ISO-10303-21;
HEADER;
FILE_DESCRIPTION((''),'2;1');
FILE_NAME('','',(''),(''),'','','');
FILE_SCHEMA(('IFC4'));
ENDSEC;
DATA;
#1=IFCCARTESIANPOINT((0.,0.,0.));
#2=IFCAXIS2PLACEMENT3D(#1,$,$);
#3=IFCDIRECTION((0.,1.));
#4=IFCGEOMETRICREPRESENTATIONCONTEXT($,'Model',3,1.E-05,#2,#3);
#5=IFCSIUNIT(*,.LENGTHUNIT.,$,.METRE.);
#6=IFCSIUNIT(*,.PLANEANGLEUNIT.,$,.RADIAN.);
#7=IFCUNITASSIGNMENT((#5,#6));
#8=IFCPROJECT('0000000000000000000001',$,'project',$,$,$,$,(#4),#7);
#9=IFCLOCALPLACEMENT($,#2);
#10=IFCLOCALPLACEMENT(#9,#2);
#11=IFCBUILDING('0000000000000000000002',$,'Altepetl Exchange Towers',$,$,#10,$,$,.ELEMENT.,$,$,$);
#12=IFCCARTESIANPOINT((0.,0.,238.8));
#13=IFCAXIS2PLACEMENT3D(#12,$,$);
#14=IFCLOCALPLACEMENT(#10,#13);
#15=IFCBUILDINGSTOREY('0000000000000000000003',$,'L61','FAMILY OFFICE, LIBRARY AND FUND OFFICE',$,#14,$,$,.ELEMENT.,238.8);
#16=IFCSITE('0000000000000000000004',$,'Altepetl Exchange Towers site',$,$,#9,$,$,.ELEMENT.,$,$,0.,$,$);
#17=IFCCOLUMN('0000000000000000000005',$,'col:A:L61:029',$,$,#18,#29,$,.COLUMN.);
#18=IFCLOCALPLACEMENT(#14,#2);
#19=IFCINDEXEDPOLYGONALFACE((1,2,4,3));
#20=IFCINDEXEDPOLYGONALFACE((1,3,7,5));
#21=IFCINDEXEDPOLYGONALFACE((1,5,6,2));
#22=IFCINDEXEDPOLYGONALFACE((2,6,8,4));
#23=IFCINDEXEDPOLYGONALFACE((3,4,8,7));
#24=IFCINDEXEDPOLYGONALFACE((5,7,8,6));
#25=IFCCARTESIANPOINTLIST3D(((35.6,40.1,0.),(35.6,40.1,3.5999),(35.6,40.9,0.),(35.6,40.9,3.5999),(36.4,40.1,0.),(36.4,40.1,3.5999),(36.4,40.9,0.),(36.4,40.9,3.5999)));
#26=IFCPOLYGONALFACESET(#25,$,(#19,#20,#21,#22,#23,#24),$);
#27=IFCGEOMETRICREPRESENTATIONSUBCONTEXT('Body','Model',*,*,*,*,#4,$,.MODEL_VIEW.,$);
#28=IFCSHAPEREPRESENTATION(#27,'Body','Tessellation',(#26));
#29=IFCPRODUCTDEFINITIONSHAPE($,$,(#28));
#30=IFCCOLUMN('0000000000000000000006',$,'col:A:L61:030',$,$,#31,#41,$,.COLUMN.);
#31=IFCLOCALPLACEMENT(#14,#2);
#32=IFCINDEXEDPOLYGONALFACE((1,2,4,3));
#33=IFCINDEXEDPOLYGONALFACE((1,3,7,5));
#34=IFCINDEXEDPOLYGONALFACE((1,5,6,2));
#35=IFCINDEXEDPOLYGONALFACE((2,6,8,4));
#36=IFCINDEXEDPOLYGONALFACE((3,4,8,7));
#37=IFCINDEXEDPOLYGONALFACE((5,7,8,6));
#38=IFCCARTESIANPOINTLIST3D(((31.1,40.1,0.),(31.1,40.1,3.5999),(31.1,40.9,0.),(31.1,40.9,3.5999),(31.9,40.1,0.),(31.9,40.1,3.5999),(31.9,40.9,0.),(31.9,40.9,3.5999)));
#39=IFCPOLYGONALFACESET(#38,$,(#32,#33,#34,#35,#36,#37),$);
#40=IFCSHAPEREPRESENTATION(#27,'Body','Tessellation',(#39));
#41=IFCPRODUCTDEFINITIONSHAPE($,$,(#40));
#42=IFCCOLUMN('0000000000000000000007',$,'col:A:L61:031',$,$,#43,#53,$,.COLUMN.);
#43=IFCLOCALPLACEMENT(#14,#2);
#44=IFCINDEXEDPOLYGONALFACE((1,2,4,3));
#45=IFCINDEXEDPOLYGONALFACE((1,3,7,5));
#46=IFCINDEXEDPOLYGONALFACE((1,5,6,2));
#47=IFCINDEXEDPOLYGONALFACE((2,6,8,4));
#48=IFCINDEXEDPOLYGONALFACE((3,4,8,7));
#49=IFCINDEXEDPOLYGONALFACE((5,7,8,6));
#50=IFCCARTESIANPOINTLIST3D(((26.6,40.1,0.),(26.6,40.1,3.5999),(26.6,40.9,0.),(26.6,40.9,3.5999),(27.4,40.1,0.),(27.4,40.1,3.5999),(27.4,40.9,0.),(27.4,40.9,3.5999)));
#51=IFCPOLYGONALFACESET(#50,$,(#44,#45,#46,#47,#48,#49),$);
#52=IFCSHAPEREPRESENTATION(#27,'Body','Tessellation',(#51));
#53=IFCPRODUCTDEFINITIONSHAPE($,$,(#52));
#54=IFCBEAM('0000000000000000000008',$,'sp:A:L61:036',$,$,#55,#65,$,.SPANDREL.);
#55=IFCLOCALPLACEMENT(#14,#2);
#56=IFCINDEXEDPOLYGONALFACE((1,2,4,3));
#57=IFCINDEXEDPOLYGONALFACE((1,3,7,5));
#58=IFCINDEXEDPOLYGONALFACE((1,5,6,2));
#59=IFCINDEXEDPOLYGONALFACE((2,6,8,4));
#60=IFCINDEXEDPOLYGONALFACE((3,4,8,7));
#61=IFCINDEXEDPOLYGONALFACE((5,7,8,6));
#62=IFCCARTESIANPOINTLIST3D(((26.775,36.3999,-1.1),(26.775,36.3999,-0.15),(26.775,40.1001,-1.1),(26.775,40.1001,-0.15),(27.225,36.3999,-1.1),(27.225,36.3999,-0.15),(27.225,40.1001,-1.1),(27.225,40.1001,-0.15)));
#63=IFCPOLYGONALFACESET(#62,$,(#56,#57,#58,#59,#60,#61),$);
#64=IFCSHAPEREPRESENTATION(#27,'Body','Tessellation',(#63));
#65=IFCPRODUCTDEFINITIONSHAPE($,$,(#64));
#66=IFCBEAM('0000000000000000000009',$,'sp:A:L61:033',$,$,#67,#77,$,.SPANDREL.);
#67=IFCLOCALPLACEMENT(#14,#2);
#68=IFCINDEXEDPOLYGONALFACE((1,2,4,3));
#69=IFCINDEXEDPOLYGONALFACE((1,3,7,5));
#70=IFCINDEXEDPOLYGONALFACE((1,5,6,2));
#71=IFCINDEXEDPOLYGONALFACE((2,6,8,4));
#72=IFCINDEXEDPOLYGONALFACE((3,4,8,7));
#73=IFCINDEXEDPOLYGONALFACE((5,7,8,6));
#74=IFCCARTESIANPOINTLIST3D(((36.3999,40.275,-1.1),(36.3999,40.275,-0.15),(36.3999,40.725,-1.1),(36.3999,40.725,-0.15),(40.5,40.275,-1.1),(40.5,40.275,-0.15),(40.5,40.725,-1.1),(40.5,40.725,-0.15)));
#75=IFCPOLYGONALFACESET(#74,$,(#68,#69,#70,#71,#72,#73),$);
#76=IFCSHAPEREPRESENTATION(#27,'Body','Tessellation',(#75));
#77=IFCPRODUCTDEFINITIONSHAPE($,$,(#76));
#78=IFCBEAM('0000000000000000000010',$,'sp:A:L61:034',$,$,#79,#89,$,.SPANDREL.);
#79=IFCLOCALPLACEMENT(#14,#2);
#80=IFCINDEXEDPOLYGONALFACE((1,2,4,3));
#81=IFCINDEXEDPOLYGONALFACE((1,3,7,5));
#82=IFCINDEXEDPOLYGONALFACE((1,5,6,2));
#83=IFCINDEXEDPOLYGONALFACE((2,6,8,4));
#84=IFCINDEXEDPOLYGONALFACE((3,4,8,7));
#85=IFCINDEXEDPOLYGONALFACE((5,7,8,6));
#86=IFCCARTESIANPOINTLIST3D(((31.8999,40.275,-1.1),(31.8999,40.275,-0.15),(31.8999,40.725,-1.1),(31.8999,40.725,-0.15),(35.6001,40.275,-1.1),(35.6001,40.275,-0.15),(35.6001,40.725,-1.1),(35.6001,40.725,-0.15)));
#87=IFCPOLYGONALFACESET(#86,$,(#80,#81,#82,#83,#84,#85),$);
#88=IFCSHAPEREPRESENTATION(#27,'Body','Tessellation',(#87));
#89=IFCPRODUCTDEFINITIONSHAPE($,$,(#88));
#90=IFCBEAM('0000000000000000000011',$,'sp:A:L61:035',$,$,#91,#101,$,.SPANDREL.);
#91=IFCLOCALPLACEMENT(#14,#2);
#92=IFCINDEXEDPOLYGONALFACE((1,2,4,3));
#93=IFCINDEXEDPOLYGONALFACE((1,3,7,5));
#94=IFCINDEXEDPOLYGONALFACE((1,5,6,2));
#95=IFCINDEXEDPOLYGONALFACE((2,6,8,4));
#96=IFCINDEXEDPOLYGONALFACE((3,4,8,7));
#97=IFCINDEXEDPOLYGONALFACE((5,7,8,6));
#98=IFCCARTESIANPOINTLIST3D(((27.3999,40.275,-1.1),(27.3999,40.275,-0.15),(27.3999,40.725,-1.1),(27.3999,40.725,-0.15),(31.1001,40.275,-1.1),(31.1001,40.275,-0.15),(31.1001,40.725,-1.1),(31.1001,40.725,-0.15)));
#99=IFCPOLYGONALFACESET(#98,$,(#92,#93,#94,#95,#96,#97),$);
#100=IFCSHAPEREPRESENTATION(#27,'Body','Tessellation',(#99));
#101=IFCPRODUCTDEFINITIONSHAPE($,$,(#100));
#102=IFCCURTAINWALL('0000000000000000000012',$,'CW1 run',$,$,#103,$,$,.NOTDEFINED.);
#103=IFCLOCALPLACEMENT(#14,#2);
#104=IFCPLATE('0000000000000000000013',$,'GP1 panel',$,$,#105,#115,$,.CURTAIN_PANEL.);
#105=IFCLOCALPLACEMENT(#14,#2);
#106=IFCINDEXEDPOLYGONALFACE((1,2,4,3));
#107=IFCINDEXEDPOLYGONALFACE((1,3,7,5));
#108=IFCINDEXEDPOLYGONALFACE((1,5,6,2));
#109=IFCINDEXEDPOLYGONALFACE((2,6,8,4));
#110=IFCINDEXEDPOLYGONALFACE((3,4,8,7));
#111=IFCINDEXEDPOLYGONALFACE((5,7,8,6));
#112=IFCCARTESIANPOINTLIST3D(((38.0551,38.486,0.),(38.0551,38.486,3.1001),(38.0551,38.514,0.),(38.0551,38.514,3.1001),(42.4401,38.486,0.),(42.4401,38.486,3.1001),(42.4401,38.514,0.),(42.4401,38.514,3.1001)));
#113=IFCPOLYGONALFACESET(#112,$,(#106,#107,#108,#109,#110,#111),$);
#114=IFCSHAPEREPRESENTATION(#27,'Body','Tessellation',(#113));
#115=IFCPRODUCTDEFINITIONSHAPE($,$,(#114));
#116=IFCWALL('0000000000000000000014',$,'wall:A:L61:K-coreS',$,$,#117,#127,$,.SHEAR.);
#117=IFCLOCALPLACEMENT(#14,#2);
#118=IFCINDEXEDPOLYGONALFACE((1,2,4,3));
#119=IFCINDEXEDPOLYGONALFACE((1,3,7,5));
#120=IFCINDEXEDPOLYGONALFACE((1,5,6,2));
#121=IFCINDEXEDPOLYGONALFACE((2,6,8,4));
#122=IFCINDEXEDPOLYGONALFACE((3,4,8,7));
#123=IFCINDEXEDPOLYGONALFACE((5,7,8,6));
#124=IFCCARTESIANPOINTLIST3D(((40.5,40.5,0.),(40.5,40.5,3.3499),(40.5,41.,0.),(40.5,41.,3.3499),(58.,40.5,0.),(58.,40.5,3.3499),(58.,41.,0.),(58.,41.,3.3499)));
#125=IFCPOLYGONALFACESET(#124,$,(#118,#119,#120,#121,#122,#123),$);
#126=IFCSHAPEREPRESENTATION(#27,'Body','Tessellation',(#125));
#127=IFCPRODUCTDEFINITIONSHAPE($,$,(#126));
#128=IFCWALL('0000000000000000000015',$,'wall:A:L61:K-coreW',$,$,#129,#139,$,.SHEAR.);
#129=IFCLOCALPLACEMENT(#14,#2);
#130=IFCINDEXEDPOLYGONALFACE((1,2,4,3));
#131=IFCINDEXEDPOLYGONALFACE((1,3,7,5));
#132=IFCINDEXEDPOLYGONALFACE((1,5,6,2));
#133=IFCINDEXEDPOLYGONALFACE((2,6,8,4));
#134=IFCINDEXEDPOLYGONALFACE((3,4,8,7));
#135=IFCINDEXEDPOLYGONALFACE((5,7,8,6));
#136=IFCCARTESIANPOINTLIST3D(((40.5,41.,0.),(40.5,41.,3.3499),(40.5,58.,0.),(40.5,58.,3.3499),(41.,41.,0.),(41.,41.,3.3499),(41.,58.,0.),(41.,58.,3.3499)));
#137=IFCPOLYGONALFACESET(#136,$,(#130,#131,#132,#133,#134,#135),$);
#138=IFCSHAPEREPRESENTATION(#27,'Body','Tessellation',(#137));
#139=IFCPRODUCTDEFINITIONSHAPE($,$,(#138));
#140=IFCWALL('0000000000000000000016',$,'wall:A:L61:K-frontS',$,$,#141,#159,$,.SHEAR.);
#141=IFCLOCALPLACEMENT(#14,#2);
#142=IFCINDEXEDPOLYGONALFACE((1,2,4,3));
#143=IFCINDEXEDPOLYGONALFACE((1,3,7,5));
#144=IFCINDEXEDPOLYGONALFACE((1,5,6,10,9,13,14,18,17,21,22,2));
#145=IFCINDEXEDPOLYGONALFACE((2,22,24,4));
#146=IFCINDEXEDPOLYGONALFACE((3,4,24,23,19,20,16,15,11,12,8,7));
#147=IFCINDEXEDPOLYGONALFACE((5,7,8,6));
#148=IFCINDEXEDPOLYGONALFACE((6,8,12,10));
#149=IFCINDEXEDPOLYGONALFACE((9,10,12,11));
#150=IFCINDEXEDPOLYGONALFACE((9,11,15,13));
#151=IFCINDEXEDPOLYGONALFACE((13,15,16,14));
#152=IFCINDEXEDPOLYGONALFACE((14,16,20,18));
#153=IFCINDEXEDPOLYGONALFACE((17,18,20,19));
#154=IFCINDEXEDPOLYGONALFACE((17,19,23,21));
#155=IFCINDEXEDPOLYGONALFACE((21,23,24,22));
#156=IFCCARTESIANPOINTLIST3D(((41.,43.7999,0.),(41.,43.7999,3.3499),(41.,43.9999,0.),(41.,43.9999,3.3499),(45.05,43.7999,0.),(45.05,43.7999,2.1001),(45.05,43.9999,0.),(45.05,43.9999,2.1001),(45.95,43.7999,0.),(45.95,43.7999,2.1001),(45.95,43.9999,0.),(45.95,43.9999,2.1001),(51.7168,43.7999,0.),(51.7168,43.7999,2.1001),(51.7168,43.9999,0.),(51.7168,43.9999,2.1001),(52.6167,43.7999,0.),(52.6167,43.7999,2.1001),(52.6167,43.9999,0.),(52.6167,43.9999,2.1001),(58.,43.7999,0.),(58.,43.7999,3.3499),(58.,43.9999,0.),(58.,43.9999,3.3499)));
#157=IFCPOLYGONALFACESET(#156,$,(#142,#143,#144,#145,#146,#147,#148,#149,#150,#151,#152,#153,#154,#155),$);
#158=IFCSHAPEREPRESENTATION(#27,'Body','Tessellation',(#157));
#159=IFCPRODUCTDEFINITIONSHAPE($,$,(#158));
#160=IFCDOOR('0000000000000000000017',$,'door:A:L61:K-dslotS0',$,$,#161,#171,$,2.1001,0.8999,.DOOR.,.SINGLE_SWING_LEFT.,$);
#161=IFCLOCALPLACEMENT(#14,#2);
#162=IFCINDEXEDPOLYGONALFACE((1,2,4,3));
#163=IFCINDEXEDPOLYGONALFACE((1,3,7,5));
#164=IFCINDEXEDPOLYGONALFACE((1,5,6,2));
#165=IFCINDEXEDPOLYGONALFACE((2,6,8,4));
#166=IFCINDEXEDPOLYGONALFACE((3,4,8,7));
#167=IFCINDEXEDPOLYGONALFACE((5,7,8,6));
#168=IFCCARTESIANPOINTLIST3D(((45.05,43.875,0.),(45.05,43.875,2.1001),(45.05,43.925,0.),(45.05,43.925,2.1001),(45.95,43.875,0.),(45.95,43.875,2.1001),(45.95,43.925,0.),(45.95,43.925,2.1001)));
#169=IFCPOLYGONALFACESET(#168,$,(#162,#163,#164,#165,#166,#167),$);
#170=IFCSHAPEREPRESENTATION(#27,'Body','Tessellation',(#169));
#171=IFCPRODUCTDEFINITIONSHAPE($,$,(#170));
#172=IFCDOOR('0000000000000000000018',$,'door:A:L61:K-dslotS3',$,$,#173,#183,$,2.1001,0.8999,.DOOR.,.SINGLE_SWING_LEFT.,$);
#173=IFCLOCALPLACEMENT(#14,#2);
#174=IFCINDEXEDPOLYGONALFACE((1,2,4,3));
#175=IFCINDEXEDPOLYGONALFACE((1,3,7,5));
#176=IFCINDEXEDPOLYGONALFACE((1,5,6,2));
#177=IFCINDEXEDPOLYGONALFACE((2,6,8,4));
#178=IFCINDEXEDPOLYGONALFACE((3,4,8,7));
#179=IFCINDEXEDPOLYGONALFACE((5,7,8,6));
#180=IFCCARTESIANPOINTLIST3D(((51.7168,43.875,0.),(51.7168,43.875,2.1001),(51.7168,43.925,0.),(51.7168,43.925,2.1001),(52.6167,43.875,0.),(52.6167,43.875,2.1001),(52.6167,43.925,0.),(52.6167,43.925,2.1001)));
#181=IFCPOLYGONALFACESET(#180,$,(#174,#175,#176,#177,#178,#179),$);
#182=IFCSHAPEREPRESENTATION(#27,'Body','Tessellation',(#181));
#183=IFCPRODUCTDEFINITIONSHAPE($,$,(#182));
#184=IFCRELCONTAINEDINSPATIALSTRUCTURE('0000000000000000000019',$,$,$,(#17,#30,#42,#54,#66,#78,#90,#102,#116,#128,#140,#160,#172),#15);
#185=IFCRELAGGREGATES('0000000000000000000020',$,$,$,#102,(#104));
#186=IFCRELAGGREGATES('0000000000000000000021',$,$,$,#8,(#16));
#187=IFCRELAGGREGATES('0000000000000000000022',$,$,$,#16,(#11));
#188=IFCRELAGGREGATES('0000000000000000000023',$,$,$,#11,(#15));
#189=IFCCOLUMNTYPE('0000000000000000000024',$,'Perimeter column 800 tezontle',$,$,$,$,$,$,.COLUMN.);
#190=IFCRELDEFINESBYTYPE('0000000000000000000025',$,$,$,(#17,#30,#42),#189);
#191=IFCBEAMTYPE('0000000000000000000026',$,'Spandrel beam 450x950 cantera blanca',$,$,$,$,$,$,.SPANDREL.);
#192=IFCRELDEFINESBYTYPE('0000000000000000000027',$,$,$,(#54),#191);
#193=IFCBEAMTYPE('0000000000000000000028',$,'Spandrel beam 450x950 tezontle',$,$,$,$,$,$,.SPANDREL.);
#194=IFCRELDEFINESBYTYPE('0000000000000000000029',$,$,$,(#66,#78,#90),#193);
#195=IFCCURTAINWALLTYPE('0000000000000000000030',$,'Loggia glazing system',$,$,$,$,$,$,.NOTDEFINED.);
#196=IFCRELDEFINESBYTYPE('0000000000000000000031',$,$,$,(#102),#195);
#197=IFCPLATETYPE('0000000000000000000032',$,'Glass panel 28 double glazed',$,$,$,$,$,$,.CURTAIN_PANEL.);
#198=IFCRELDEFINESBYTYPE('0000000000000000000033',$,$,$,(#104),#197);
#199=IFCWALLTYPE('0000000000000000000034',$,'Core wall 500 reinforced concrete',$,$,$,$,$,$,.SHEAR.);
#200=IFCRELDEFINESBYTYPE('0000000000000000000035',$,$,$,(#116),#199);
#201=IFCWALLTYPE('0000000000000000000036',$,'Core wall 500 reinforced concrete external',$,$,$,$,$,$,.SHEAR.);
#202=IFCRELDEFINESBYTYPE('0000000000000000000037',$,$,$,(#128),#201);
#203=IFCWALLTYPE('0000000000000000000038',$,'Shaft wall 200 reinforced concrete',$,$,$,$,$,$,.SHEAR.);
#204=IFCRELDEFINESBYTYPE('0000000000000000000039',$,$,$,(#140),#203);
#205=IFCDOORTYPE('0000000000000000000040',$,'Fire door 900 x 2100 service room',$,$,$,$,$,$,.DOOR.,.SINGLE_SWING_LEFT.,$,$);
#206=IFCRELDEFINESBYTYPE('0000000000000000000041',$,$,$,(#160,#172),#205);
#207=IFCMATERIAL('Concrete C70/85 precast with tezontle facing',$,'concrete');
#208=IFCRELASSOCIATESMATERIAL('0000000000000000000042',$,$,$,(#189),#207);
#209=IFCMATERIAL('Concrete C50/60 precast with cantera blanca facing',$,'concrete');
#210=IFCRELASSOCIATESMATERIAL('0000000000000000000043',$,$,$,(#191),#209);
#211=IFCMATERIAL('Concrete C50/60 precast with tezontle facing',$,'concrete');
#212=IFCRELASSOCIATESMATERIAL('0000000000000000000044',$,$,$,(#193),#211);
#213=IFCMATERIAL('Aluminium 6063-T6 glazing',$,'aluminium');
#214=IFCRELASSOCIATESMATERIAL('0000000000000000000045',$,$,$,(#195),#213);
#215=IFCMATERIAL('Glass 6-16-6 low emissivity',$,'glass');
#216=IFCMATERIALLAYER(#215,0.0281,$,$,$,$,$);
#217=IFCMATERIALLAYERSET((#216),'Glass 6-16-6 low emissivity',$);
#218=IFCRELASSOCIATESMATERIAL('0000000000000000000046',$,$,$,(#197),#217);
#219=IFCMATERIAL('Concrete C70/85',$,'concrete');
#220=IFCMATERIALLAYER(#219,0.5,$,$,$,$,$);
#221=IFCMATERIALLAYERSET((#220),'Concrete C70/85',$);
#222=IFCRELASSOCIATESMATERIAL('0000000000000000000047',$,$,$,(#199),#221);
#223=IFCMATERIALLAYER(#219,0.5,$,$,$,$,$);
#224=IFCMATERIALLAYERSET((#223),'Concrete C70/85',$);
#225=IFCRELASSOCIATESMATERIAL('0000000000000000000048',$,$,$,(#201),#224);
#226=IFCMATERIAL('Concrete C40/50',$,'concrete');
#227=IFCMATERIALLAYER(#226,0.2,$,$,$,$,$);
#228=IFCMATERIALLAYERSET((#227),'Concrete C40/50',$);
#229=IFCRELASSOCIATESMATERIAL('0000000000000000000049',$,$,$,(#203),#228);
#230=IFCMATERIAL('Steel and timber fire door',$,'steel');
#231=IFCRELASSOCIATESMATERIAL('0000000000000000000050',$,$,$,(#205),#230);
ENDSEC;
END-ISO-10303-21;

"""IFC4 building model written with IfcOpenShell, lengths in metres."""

from ifc_helpers import new_model, si_unit, direction, frame, frame_2d, origin, origin_2d, place, context, subcontext, project, spatial, rectangle, extrude, material, layer, layer_set, material_profile, profile_set, type_object, element, fill, aggregate, save


model = new_model("IFC4")

# Units and contexts
model_context = context("Model", 3, precision=1e-05, world=origin(), true_north=direction((0.0, 1.0)))
body_context = subcontext(model_context, "Body", "Model", "MODEL_VIEW")
ifc_project = project(units=[si_unit("LENGTHUNIT", "METRE"), si_unit("PLANEANGLEUNIT", "RADIAN")], contexts=[model_context])

# Site, building, storey
site_placement = place(None, origin())
site = spatial("IfcSite", under=ifc_project, at=site_placement, Name="Altepetl Exchange Towers site", CompositionType="ELEMENT", RefElevation=0.0)
building_placement = place(site_placement, origin())
building = spatial("IfcBuilding", under=site, at=building_placement, Name="Altepetl Exchange Towers", CompositionType="ELEMENT")
storey_placement = place(building_placement, frame((0.0, 0.0, 238.8)))
storey = spatial("IfcBuildingStorey", under=building, at=storey_placement, Name="L61", Description="FAMILY OFFICE, LIBRARY AND FUND OFFICE", CompositionType="ELEMENT", Elevation=238.8)

# Columns
ifc_material_1 = material(Name="Concrete C70/85 precast with tezontle facing", Category="concrete")
ifc_material_profile_1 = material_profile(ifc_material_1, rectangle(XDim=0.8, YDim=0.8, at=origin_2d()), Name="800 x 800")
ifc_profile_set_1 = profile_set([ifc_material_profile_1], Name="Concrete C70/85 precast with tezontle facing")
column_type = type_object("IfcColumnType", Name="Perimeter column 800 tezontle", PredefinedType="COLUMN", material=ifc_profile_set_1)
for number, where, name in (
    (1, (36.0, 40.5, 0.0), "col:A:L61:029"),
    (2, (31.5, 40.5, 0.0), "col:A:L61:030"),
    (3, (27.0, 40.5, 0.0), "col:A:L61:031"),
):
    element("IfcColumn", number, at=place(storey_placement, frame(where)), inside=storey, type_object=column_type, Name=name, PredefinedType="COLUMN", context=body_context, shape_type="SweptSolid", body=[
        extrude(rectangle(XDim=0.8, YDim=0.8, at=origin_2d()), origin(), (0.0, 0.0, 1.0), 3.5999),
    ])

# Beams
ifc_material_2 = material(Name="Concrete C50/60 precast with cantera blanca facing", Category="concrete")
ifc_material_profile_2 = material_profile(ifc_material_2, rectangle(XDim=0.45, YDim=0.95, at=origin_2d()), Name="450 x 950")
ifc_profile_set_2 = profile_set([ifc_material_profile_2], Name="Concrete C50/60 precast with cantera blanca facing")
beam_type_1 = type_object("IfcBeamType", Name="Spandrel beam 450x950 cantera blanca", PredefinedType="SPANDREL", material=ifc_profile_set_2)
beam_1_placement = place(storey_placement, frame((27.0, 40.1001, -0.625), z_axis=(0.0, -1.0, 0.0), x_axis=(1.0, 0.0, 0.0)))
element("IfcBeam", 4, at=beam_1_placement, inside=storey, type_object=beam_type_1, Name="sp:A:L61:036", PredefinedType="SPANDREL", context=body_context, shape_type="SweptSolid", body=[
    extrude(rectangle(XDim=0.45, YDim=0.95, at=origin_2d()), origin(), (0.0, 0.0, 1.0), 3.7002),
])
ifc_material_3 = material(Name="Concrete C50/60 precast with tezontle facing", Category="concrete")
ifc_material_profile_3 = material_profile(ifc_material_3, rectangle(XDim=0.45, YDim=0.95, at=origin_2d()), Name="450 x 950")
ifc_profile_set_3 = profile_set([ifc_material_profile_3], Name="Concrete C50/60 precast with tezontle facing")
beam_type_2 = type_object("IfcBeamType", Name="Spandrel beam 450x950 tezontle", PredefinedType="SPANDREL", material=ifc_profile_set_3)
beam_2_placement = place(storey_placement, frame((40.5, 40.5, -0.625), z_axis=(-1.0, 0.0, 0.0), x_axis=(0.0, -1.0, 0.0)))
element("IfcBeam", 5, at=beam_2_placement, inside=storey, type_object=beam_type_2, Name="sp:A:L61:033", PredefinedType="SPANDREL", context=body_context, shape_type="SweptSolid", body=[
    extrude(rectangle(XDim=0.45, YDim=0.95, at=origin_2d()), origin(), (0.0, 0.0, 1.0), 4.1001),
])
for number, where, z_axis, x_axis, name in (
    (6, (35.6001, 40.5, -0.625), (-1.0, 0.0, 0.0), (0.0, -1.0, 0.0), "sp:A:L61:034"),
    (7, (31.1001, 40.5, -0.625), (-1.0, 0.0, 0.0), (0.0, -1.0, 0.0), "sp:A:L61:035"),
):
    element("IfcBeam", number, at=place(storey_placement, frame(where, z_axis=z_axis, x_axis=x_axis)), inside=storey, type_object=beam_type_2, Name=name, PredefinedType="SPANDREL", context=body_context, shape_type="SweptSolid", body=[
        extrude(rectangle(XDim=0.45, YDim=0.95, at=origin_2d()), origin(), (0.0, 0.0, 1.0), 3.7002),
    ])

# Curtain wall, plate
ifc_material_4 = material(Name="Aluminium 6063-T6 glazing", Category="aluminium")
curtain_wall_type = type_object("IfcCurtainWallType", Name="Loggia glazing system", PredefinedType="NOTDEFINED", material=ifc_material_4)
curtain_wall_placement = place(storey_placement, origin())
curtain_wall = element("IfcCurtainWall", 8, at=curtain_wall_placement, inside=storey, type_object=curtain_wall_type, Name="CW1 run", PredefinedType="NOTDEFINED")
ifc_material_5 = material(Name="Glass 6-16-6 low emissivity", Category="glass")
ifc_layer_1 = layer(ifc_material_5, 0.0281)
ifc_layer_set_1 = layer_set([ifc_layer_1], Name="Glass 6-16-6 low emissivity")
plate_type = type_object("IfcPlateType", Name="Glass panel 28 double glazed", PredefinedType="CURTAIN_PANEL", material=ifc_layer_set_1)
plate_placement = place(storey_placement, frame((40.2476, 38.5, 0.0), z_axis=(0.0, 0.0, 1.0), x_axis=(-1.0, 0.0, 0.0)))
plate = element("IfcPlate", 9, at=plate_placement, type_object=plate_type, Name="GP1 panel", PredefinedType="CURTAIN_PANEL", context=body_context, shape_type="SweptSolid", body=[
    extrude(rectangle(XDim=4.385, YDim=0.0281, at=origin_2d()), origin(), (0.0, 0.0, 1.0), 3.1001),
])
aggregate(curtain_wall, [plate])

# Walls
ifc_material_6 = material(Name="Concrete C70/85", Category="concrete")
ifc_layer_2 = layer(ifc_material_6, 0.5)
ifc_layer_set_2 = layer_set([ifc_layer_2], Name="Concrete C70/85")
wall_type_1 = type_object("IfcWallType", Name="Core wall 500 reinforced concrete", PredefinedType="SHEAR", material=ifc_layer_set_2)
wall_1_placement = place(storey_placement, frame((40.5, 40.75, 0.0)))
element("IfcWall", 10, at=wall_1_placement, inside=storey, type_object=wall_type_1, Name="wall:A:L61:K-coreS", PredefinedType="SHEAR", context=body_context, shape_type="SweptSolid", body=[
    extrude(rectangle(XDim=17.5, YDim=0.5, at=frame_2d((8.75, 0.0))), origin(), (0.0, 0.0, 1.0), 3.3499),
])
ifc_layer_3 = layer(ifc_material_6, 0.5)
ifc_layer_set_3 = layer_set([ifc_layer_3], Name="Concrete C70/85")
wall_type_2 = type_object("IfcWallType", Name="Core wall 500 reinforced concrete external", PredefinedType="SHEAR", material=ifc_layer_set_3)
wall_2_placement = place(storey_placement, frame((40.75, 41.0, 0.0), z_axis=(0.0, 0.0, 1.0), x_axis=(0.0, 1.0, 0.0)))
element("IfcWall", 11, at=wall_2_placement, inside=storey, type_object=wall_type_2, Name="wall:A:L61:K-coreW", PredefinedType="SHEAR", context=body_context, shape_type="SweptSolid", body=[
    extrude(rectangle(XDim=17.0, YDim=0.5, at=frame_2d((8.5, 0.0))), origin(), (0.0, 0.0, 1.0), 3.3499),
])

# Wall, openings, doors
ifc_material_7 = material(Name="Concrete C40/50", Category="concrete")
ifc_layer_4 = layer(ifc_material_7, 0.2)
ifc_layer_set_4 = layer_set([ifc_layer_4], Name="Concrete C40/50")
wall_type_3 = type_object("IfcWallType", Name="Shaft wall 200 reinforced concrete", PredefinedType="SHEAR", material=ifc_layer_set_4)
wall_3_placement = place(storey_placement, frame((41.0, 43.8999, 0.0)))
wall_3 = element("IfcWall", 12, at=wall_3_placement, inside=storey, type_object=wall_type_3, Name="wall:A:L61:K-frontS", PredefinedType="SHEAR", context=body_context, shape_type="SweptSolid", body=[
    extrude(rectangle(XDim=17.0, YDim=0.2, at=frame_2d((8.5, 0.0))), origin(), (0.0, 0.0, 1.0), 3.3499),
])
opening_1_placement = place(wall_3_placement, frame((4.05, 0.0, 0.0)))
opening_1 = element("IfcOpeningElement", 13, at=opening_1_placement, cuts=wall_3, PredefinedType="OPENING", context=body_context, shape_type="SweptSolid", body=[
    extrude(rectangle(XDim=0.8999, YDim=2.1001, at=frame_2d((0.45, 1.05))), frame((0.0, 0.1099, 0.0), z_axis=(0.0, -1.0, 0.0), x_axis=(1.0, 0.0, 0.0)), (0.0, 0.0, 1.0), 0.22),
])
opening_2_placement = place(wall_3_placement, frame((10.7168, 0.0, 0.0)))
opening_2 = element("IfcOpeningElement", 14, at=opening_2_placement, cuts=wall_3, PredefinedType="OPENING", context=body_context, shape_type="SweptSolid", body=[
    extrude(rectangle(XDim=0.8999, YDim=2.1001, at=frame_2d((0.45, 1.05))), frame((0.0, 0.1099, 0.0), z_axis=(0.0, -1.0, 0.0), x_axis=(1.0, 0.0, 0.0)), (0.0, 0.0, 1.0), 0.22),
])
ifc_material_8 = material(Name="Steel and timber fire door", Category="steel")
door_type_1 = type_object("IfcDoorType", Name="Fire door 900 x 2100 service room", OperationType="SINGLE_SWING_LEFT", PredefinedType="DOOR", material=ifc_material_8)
door_1_placement = place(opening_1_placement, frame((0.8999, 0.0, 0.0), x_axis=(-1.0, 0.0, 0.0)))
door_1 = element("IfcDoor", 15, at=door_1_placement, inside=storey, type_object=door_type_1, Name="door:A:L61:K-dslotS0", OperationType="SINGLE_SWING_LEFT", OverallHeight=2.1001, OverallWidth=0.8999, PredefinedType="DOOR", context=body_context, shape_type="SweptSolid", body=[
    extrude(rectangle(XDim=0.8999, YDim=2.1001, at=frame_2d((0.45, 1.05))), frame((0.0, 0.0249, 0.0), z_axis=(0.0, -1.0, 0.0), x_axis=(1.0, 0.0, 0.0)), (0.0, 0.0, 1.0), 0.05),
])
fill(opening_1, door_1)
door_2_placement = place(opening_2_placement, frame((0.8999, 0.0, 0.0), x_axis=(-1.0, 0.0, 0.0)))
door_2 = element("IfcDoor", 16, at=door_2_placement, inside=storey, type_object=door_type_1, Name="door:A:L61:K-dslotS3", OperationType="SINGLE_SWING_LEFT", OverallHeight=2.1001, OverallWidth=0.8999, PredefinedType="DOOR", context=body_context, shape_type="SweptSolid", body=[
    extrude(rectangle(XDim=0.8999, YDim=2.1001, at=frame_2d((0.45, 1.05))), frame((0.0, 0.0249, 0.0), z_axis=(0.0, -1.0, 0.0), x_axis=(1.0, 0.0, 0.0)), (0.0, 0.0, 1.0), 0.05),
])
fill(opening_2, door_2)

save(model, "model.ifc")
